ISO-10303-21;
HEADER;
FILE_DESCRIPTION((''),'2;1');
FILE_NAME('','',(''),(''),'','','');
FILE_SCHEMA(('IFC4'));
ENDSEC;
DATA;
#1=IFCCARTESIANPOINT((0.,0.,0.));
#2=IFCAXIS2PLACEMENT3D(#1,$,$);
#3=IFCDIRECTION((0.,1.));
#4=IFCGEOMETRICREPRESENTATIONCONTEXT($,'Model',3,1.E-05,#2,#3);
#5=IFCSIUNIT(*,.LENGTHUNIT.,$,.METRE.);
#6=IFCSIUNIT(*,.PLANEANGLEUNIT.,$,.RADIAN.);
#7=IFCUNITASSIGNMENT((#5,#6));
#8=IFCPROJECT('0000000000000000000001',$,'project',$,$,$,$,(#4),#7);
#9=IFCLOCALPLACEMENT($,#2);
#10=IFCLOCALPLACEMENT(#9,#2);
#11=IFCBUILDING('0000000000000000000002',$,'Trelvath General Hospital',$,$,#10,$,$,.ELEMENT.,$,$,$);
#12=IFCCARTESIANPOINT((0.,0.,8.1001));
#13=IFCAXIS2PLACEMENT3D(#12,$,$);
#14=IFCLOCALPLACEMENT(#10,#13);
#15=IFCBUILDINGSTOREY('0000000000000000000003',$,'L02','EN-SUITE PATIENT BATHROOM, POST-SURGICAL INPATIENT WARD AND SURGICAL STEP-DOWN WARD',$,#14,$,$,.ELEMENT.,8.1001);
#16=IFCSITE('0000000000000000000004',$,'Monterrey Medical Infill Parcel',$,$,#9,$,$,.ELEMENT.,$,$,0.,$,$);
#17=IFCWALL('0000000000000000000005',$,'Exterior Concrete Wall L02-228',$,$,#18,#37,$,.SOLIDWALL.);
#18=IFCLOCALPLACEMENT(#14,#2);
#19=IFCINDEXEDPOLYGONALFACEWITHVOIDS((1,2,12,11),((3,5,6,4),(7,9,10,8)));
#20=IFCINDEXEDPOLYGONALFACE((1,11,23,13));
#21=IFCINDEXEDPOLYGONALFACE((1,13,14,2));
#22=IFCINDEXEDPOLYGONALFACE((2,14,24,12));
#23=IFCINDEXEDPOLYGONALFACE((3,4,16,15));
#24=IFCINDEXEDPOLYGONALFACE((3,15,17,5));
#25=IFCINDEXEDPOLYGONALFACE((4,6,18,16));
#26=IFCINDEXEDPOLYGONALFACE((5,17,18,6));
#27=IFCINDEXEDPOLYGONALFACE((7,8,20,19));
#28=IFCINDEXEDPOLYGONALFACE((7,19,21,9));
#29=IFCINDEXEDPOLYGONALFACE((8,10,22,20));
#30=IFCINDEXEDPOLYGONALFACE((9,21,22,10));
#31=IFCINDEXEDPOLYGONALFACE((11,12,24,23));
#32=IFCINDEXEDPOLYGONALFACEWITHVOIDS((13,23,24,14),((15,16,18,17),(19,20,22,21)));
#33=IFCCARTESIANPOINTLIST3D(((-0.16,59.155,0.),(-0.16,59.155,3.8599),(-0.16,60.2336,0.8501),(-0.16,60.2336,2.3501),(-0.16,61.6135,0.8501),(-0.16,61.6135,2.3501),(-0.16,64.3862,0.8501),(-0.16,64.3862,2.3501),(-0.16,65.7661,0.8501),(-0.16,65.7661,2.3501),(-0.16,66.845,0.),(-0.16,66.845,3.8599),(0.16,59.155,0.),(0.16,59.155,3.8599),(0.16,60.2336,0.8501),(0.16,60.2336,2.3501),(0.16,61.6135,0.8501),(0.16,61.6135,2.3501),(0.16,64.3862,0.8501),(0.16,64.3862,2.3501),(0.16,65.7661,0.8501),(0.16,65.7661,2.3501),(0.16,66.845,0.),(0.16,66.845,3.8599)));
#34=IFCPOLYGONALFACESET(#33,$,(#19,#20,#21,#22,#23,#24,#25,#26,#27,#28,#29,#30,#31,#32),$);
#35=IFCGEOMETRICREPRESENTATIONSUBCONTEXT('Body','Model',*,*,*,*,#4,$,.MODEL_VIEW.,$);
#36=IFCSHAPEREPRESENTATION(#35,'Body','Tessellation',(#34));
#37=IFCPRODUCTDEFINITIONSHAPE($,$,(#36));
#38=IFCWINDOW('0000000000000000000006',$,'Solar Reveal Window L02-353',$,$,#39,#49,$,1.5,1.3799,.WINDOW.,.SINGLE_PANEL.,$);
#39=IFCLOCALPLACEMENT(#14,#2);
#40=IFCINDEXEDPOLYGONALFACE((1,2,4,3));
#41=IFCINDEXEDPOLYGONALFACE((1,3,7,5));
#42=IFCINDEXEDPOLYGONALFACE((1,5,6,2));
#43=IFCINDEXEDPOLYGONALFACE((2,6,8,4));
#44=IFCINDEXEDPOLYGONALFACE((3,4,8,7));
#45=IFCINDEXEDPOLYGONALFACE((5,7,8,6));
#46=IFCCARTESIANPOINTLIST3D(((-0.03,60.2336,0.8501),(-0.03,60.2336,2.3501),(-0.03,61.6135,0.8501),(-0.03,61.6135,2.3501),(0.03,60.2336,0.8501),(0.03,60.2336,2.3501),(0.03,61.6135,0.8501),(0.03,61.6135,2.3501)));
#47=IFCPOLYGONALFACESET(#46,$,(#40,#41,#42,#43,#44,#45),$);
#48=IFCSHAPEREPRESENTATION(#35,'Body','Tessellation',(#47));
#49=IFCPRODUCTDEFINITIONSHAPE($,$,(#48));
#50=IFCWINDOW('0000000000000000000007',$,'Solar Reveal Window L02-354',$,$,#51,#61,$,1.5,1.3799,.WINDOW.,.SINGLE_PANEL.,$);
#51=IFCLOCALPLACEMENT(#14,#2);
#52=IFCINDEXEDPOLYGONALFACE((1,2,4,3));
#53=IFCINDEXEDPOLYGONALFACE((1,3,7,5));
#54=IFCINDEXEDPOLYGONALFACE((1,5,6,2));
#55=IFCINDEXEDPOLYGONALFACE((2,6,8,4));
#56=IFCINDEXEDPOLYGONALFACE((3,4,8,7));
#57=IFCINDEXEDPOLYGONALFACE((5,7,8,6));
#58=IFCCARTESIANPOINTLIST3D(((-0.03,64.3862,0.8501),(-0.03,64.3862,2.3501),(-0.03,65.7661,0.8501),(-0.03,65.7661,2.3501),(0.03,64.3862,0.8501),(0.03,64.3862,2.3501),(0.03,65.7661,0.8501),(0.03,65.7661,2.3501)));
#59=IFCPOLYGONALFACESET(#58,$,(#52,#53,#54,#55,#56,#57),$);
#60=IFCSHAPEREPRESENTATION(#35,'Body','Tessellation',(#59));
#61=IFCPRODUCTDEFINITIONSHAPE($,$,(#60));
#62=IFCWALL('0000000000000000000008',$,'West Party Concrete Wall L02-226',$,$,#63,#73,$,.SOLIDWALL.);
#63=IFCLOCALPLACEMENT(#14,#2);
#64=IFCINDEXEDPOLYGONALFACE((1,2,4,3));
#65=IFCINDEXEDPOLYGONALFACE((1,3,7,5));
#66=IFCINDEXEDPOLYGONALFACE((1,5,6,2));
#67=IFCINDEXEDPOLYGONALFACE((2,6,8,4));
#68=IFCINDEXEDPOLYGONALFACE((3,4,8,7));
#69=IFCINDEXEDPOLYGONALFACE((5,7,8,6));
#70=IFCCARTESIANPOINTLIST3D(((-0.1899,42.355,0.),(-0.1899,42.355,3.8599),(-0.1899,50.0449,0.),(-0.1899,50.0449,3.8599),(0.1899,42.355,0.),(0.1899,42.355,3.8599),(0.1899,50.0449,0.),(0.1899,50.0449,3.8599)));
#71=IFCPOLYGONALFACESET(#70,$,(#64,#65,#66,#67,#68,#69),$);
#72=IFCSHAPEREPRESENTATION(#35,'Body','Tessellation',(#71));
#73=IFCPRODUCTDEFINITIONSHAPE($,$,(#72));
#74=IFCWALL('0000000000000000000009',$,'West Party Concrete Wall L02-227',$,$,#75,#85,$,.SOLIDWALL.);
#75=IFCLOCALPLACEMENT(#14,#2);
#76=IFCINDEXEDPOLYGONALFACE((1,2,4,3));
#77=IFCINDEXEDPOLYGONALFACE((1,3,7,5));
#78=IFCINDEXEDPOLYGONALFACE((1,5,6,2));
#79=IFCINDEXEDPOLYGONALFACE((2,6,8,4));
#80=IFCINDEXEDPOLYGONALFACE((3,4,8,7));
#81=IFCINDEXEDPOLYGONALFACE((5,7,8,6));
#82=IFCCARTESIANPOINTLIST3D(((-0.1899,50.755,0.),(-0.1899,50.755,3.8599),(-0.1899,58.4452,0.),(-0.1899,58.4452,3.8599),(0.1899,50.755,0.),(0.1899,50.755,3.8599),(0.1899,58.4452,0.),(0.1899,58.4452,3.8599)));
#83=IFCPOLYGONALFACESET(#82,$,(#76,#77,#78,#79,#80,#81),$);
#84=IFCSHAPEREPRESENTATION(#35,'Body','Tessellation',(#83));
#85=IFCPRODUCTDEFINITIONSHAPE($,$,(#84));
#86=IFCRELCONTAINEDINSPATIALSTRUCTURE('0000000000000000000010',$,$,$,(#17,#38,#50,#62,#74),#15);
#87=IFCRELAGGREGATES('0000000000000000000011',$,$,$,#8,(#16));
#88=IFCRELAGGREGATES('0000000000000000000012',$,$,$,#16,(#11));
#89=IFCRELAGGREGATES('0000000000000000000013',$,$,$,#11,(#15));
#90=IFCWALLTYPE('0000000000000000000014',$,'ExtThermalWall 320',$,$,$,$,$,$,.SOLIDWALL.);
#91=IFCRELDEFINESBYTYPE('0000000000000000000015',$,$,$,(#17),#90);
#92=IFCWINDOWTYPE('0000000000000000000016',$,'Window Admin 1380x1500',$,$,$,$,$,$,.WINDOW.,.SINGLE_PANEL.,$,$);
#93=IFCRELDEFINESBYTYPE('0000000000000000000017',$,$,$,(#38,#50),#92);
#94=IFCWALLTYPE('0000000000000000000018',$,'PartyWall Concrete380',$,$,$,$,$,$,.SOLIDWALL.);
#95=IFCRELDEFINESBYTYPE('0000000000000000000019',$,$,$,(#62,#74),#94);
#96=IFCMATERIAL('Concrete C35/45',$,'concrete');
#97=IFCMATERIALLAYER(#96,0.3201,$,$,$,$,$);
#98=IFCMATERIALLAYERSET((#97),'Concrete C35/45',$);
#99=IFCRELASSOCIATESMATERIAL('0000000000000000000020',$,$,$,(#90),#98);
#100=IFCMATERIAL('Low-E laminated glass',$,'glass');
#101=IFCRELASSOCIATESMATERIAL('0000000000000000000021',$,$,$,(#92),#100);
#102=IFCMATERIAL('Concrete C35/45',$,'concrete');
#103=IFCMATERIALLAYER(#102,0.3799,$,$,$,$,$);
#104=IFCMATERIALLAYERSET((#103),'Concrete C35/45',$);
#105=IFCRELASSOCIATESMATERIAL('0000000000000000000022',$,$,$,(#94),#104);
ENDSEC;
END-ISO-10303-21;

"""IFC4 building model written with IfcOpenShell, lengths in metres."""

from ifc_helpers import new_model, si_unit, direction, frame, frame_2d, origin, place, context, subcontext, project, spatial, rectangle, extrude, material, layer, layer_set, type_object, element, fill, save


model = new_model("IFC4")

# Units and contexts
model_context = context("Model", 3, precision=1e-05, world=origin(), true_north=direction((0.0, 1.0)))
body_context = subcontext(model_context, "Body", "Model", "MODEL_VIEW")
ifc_project = project(units=[si_unit("LENGTHUNIT", "METRE"), si_unit("PLANEANGLEUNIT", "RADIAN")], contexts=[model_context])

# Site, building, storey
site_placement = place(None, origin())
site = spatial("IfcSite", under=ifc_project, at=site_placement, Name="Monterrey Medical Infill Parcel", CompositionType="ELEMENT", RefElevation=0.0)
building_placement = place(site_placement, origin())
building = spatial("IfcBuilding", under=site, at=building_placement, Name="Trelvath General Hospital", CompositionType="ELEMENT")
storey_placement = place(building_placement, frame((0.0, 0.0, 8.1001)))
storey = spatial("IfcBuildingStorey", under=building, at=storey_placement, Name="L02", Description="EN-SUITE PATIENT BATHROOM, POST-SURGICAL INPATIENT WARD AND SURGICAL STEP-DOWN WARD", CompositionType="ELEMENT", Elevation=8.1001)

# Wall, openings, windows
ifc_material_1 = material(Name="Concrete C35/45", Category="concrete")
ifc_layer_1 = layer(ifc_material_1, 0.3201)
ifc_layer_set_1 = layer_set([ifc_layer_1], Name="Concrete C35/45")
wall_type_1 = type_object("IfcWallType", Name="ExtThermalWall 320", PredefinedType="SOLIDWALL", material=ifc_layer_set_1)
wall_1_placement = place(storey_placement, frame((0.0, 59.155, 0.0), z_axis=(0.0, 0.0, 1.0), x_axis=(0.0, 1.0, 0.0)))
wall_1 = element("IfcWall", 1, at=wall_1_placement, inside=storey, type_object=wall_type_1, Name="Exterior Concrete Wall L02-228", PredefinedType="SOLIDWALL", context=body_context, shape_type="SweptSolid", body=[
    extrude(rectangle(XDim=7.6899, YDim=0.3201, at=frame_2d((3.845, 0.0))), origin(), (0.0, 0.0, 1.0), 3.8599),
])
opening_1_placement = place(wall_1_placement, frame((1.0786, 0.0, 0.8501)))
opening_1 = element("IfcOpeningElement", 2, at=opening_1_placement, cuts=wall_1, PredefinedType="OPENING", context=body_context, shape_type="SweptSolid", body=[
    extrude(rectangle(XDim=1.3799, YDim=1.5, at=frame_2d((0.6899, 0.75))), frame((0.0, 0.1699, 0.0), z_axis=(0.0, -1.0, 0.0), x_axis=(1.0, 0.0, 0.0)), (0.0, 0.0, 1.0), 0.3401),
])
opening_2_placement = place(wall_1_placement, frame((5.2312, 0.0, 0.8501)))
opening_2 = element("IfcOpeningElement", 3, at=opening_2_placement, cuts=wall_1, PredefinedType="OPENING", context=body_context, shape_type="SweptSolid", body=[
    extrude(rectangle(XDim=1.3799, YDim=1.5, at=frame_2d((0.6899, 0.75))), frame((0.0, 0.1699, 0.0), z_axis=(0.0, -1.0, 0.0), x_axis=(1.0, 0.0, 0.0)), (0.0, 0.0, 1.0), 0.3401),
])
ifc_material_2 = material(Name="Low-E laminated glass", Category="glass")
window_type = type_object("IfcWindowType", Name="Window Admin 1380x1500", PartitioningType="SINGLE_PANEL", PredefinedType="WINDOW", material=ifc_material_2)
window_1_placement = place(opening_1_placement, origin())
window_1 = element("IfcWindow", 4, at=window_1_placement, inside=storey, type_object=window_type, Name="Solar Reveal Window L02-353", OverallHeight=1.5, OverallWidth=1.3799, PartitioningType="SINGLE_PANEL", PredefinedType="WINDOW", context=body_context, shape_type="SweptSolid", body=[
    extrude(rectangle(XDim=1.3799, YDim=1.5, at=frame_2d((0.6899, 0.75))), frame((0.0, 0.03, 0.0), z_axis=(0.0, -1.0, 0.0), x_axis=(1.0, 0.0, 0.0)), (0.0, 0.0, 1.0), 0.0601),
])
fill(opening_1, window_1)
window_2_placement = place(opening_2_placement, origin())
window_2 = element("IfcWindow", 5, at=window_2_placement, inside=storey, type_object=window_type, Name="Solar Reveal Window L02-354", OverallHeight=1.5, OverallWidth=1.3799, PartitioningType="SINGLE_PANEL", PredefinedType="WINDOW", context=body_context, shape_type="SweptSolid", body=[
    extrude(rectangle(XDim=1.3799, YDim=1.5, at=frame_2d((0.6899, 0.75))), frame((0.0, 0.03, 0.0), z_axis=(0.0, -1.0, 0.0), x_axis=(1.0, 0.0, 0.0)), (0.0, 0.0, 1.0), 0.0601),
])
fill(opening_2, window_2)

# Walls
ifc_material_3 = material(Name="Concrete C35/45", Category="concrete")
ifc_layer_2 = layer(ifc_material_3, 0.3799)
ifc_layer_set_2 = layer_set([ifc_layer_2], Name="Concrete C35/45")
wall_type_2 = type_object("IfcWallType", Name="PartyWall Concrete380", PredefinedType="SOLIDWALL", material=ifc_layer_set_2)
wall_2_placement = place(storey_placement, frame((0.0, 42.355, 0.0), z_axis=(0.0, 0.0, 1.0), x_axis=(0.0, 1.0, 0.0)))
element("IfcWall", 6, at=wall_2_placement, inside=storey, type_object=wall_type_2, Name="West Party Concrete Wall L02-226", PredefinedType="SOLIDWALL", context=body_context, shape_type="SweptSolid", body=[
    extrude(rectangle(XDim=7.6899, YDim=0.3799, at=frame_2d((3.845, 0.0))), origin(), (0.0, 0.0, 1.0), 3.8599),
])
wall_3_placement = place(storey_placement, frame((0.0, 50.7549, 0.0), z_axis=(0.0, 0.0, 1.0), x_axis=(0.0, 1.0, 0.0)))
element("IfcWall", 7, at=wall_3_placement, inside=storey, type_object=wall_type_2, Name="West Party Concrete Wall L02-227", PredefinedType="SOLIDWALL", context=body_context, shape_type="SweptSolid", body=[
    extrude(rectangle(XDim=7.6902, YDim=0.3799, at=frame_2d((3.8452, 0.0))), origin(), (0.0, 0.0, 1.0), 3.8599),
])

save(model, "model.ifc")
